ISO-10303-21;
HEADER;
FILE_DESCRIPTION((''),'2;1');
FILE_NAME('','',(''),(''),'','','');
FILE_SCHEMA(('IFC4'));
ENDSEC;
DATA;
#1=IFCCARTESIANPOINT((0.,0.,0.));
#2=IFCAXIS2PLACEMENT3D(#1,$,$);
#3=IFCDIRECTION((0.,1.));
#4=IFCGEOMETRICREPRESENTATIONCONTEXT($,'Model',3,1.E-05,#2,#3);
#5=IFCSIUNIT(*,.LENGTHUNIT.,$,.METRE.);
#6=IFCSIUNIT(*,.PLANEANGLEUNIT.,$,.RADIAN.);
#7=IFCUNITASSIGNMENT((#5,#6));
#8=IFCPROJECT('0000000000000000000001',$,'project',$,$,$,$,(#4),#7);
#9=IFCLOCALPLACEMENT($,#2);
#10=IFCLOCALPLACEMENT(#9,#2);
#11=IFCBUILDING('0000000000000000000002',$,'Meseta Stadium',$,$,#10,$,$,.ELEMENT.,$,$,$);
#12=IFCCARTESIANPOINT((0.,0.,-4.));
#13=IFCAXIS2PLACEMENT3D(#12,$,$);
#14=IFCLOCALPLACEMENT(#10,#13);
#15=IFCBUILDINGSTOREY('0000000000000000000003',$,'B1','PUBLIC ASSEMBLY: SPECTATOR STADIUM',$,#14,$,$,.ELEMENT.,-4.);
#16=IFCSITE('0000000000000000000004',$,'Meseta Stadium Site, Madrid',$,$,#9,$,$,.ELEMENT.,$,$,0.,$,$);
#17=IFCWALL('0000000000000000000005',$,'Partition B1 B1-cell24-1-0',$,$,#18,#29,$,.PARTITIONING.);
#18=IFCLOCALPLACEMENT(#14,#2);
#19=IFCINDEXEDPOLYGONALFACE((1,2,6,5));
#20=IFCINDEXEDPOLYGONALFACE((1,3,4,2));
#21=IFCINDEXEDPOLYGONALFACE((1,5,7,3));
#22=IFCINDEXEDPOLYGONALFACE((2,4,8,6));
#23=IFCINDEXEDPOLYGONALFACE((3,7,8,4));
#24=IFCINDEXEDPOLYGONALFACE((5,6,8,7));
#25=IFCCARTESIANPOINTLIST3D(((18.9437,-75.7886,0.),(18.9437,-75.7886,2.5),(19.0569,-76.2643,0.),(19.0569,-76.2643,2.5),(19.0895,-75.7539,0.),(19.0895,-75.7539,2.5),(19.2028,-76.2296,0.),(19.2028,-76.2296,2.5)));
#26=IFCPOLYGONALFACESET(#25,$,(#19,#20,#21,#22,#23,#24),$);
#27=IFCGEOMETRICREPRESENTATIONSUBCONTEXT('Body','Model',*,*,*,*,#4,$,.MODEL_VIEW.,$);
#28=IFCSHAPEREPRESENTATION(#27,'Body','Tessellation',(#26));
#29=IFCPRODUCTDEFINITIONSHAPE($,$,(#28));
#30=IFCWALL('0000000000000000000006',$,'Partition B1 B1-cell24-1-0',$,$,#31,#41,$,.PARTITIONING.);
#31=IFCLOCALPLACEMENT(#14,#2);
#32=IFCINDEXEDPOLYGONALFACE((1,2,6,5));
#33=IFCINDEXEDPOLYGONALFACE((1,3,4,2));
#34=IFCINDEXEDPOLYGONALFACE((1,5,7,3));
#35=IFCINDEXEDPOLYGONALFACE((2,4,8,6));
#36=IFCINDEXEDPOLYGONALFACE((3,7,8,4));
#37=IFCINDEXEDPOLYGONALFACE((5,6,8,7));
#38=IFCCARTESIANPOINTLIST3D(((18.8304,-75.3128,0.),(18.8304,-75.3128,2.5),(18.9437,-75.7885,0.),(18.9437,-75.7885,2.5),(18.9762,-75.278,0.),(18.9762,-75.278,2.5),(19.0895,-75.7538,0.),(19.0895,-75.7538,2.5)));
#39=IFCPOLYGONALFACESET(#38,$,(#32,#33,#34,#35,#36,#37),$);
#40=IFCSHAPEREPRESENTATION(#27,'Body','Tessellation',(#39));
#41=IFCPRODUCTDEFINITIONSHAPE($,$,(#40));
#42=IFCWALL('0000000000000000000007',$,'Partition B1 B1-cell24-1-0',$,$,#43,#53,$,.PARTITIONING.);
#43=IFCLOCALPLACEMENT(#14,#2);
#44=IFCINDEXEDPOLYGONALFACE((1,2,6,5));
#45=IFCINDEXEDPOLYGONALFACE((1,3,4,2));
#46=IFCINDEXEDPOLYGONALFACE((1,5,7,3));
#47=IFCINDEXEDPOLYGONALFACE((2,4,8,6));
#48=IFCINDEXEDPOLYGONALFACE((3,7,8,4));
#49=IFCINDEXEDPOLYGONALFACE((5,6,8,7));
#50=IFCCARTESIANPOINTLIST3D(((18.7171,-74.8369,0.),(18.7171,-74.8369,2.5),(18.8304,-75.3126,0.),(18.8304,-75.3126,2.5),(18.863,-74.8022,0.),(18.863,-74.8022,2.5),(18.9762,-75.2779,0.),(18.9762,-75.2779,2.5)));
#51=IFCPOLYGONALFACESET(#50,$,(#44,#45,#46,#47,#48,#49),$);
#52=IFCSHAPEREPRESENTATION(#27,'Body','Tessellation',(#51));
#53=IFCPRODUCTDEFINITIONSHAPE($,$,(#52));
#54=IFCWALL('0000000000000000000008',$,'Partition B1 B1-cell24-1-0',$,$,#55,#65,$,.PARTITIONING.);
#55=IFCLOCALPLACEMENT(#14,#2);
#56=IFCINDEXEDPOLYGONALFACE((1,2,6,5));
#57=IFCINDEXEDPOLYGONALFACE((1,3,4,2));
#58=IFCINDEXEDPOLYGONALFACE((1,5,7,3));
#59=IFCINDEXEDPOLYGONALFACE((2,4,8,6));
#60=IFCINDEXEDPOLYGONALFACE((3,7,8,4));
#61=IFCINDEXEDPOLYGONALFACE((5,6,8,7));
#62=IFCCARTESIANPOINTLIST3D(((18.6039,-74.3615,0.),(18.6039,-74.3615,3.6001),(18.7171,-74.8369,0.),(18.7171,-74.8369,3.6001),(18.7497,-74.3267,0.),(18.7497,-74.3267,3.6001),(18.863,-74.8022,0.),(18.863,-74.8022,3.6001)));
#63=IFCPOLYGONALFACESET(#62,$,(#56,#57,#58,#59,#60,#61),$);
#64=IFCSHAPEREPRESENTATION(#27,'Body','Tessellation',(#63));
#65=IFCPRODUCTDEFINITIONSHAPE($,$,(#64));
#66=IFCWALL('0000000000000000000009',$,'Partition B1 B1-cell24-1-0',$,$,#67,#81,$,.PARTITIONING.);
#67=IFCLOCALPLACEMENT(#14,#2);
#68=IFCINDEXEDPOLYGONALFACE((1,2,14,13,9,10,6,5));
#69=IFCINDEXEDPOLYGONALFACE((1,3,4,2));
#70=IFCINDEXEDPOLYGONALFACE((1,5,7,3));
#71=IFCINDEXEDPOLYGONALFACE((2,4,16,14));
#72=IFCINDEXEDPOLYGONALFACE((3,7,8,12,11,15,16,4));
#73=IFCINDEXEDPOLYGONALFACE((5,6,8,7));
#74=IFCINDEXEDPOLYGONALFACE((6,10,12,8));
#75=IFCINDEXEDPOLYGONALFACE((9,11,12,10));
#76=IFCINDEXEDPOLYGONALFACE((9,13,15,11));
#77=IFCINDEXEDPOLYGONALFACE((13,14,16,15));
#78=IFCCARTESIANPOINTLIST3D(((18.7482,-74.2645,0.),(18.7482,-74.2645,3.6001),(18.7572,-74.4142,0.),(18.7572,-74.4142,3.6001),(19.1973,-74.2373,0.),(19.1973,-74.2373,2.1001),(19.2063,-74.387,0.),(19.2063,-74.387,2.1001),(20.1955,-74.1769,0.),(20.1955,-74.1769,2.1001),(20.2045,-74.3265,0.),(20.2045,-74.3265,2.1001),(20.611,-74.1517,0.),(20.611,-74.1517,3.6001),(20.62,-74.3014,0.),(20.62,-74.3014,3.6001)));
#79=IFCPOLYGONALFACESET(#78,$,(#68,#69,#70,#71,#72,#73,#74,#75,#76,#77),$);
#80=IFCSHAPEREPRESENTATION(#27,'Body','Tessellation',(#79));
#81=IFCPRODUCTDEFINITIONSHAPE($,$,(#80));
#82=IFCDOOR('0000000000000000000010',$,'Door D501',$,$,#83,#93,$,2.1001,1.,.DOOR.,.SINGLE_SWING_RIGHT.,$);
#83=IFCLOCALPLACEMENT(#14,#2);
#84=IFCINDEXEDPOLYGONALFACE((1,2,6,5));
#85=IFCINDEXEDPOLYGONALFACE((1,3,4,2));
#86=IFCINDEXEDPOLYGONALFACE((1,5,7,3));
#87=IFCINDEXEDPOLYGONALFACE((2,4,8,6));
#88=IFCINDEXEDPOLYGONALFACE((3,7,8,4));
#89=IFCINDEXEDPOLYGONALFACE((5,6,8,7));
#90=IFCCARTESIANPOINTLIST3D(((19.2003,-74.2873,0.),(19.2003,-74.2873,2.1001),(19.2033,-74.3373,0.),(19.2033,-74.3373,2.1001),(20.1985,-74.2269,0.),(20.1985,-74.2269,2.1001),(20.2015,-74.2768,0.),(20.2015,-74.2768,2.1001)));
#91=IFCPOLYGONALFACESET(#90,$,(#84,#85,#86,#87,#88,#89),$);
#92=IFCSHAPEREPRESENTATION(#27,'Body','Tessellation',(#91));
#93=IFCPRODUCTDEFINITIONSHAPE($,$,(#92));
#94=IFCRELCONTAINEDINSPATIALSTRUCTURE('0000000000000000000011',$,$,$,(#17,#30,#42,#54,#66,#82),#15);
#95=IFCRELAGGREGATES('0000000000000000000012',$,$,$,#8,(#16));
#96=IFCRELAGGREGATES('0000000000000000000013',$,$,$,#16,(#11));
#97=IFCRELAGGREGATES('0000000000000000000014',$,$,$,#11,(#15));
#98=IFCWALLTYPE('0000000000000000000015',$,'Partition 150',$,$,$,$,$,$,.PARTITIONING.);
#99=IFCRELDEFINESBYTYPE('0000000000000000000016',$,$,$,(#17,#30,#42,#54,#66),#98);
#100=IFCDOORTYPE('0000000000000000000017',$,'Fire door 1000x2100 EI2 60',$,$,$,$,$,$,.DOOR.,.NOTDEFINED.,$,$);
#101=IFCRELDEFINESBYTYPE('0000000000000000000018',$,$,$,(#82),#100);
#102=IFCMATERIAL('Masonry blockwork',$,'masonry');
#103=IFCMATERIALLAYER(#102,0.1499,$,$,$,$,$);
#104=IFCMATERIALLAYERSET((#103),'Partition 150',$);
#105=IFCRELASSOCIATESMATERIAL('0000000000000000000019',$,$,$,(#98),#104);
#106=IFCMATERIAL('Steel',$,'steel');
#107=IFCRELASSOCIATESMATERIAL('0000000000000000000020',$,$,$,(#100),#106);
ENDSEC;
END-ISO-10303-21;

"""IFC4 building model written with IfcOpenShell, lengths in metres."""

from ifc_helpers import new_model, si_unit, direction, frame, frame_2d, origin, place, context, subcontext, project, spatial, rectangle, extrude, material, layer, layer_set, type_object, element, fill, save


model = new_model("IFC4")

# Units and contexts
model_context = context("Model", 3, precision=1e-05, world=origin(), true_north=direction((0.0, 1.0)))
body_context = subcontext(model_context, "Body", "Model", "MODEL_VIEW")
ifc_project = project(units=[si_unit("LENGTHUNIT", "METRE"), si_unit("PLANEANGLEUNIT", "RADIAN")], contexts=[model_context])

# Site, building, storey
site_placement = place(None, origin())
site = spatial("IfcSite", under=ifc_project, at=site_placement, Name="Meseta Stadium Site, Madrid", CompositionType="ELEMENT", RefElevation=0.0)
building_placement = place(site_placement, origin())
building = spatial("IfcBuilding", under=site, at=building_placement, Name="Meseta Stadium", CompositionType="ELEMENT")
storey_placement = place(building_placement, frame((0.0, 0.0, -4.0)))
storey = spatial("IfcBuildingStorey", under=building, at=storey_placement, Name="B1", Description="PUBLIC ASSEMBLY: SPECTATOR STADIUM", CompositionType="ELEMENT", Elevation=-4.0)

# Walls
ifc_material_1 = material(Name="Masonry blockwork", Category="masonry")
ifc_layer = layer(ifc_material_1, 0.1499)
ifc_layer_set = layer_set([ifc_layer], Name="Partition 150")
wall_type = type_object("IfcWallType", Name="Partition 150", PredefinedType="PARTITIONING", material=ifc_layer_set)
for number, where, z_axis, x_axis, name in (
    (1, (19.1299, -76.2471, 0.0), (0.0, 0.0, 1.0), (-0.231598, 0.972812, 0.0), "Partition B1 B1-cell24-1-0"),
    (2, (19.0166, -75.7712, 0.0), (0.0, 0.0, 1.0), (-0.231598, 0.972812, 0.0), "Partition B1 B1-cell24-1-0"),
    (3, (18.9033, -75.2954, 0.0), (0.0, 0.0, 1.0), (-0.231598, 0.972812, 0.0), "Partition B1 B1-cell24-1-0"),
):
    element("IfcWall", number, at=place(storey_placement, frame(where, z_axis=z_axis, x_axis=x_axis)), inside=storey, type_object=wall_type, Name=name, PredefinedType="PARTITIONING", context=body_context, shape_type="SweptSolid", body=[
        extrude(rectangle(XDim=0.489, YDim=0.1499, at=frame_2d((0.2446, 0.0))), origin(), (0.0, 0.0, 1.0), 2.5),
    ])
wall_1_placement = place(storey_placement, frame((18.79, -74.8196, 0.0), z_axis=(0.0, 0.0, 1.0), x_axis=(-0.231711, 0.972785, 0.0)))
element("IfcWall", 4, at=wall_1_placement, inside=storey, type_object=wall_type, Name="Partition B1 B1-cell24-1-0", PredefinedType="PARTITIONING", context=body_context, shape_type="SweptSolid", body=[
    extrude(rectangle(XDim=0.4888, YDim=0.1499, at=frame_2d((0.2444, 0.0))), origin(), (0.0, 0.0, 1.0), 3.6001),
])

# Wall, opening, door
wall_2_placement = place(storey_placement, frame((18.7527, -74.3394, 0.0), z_axis=(0.0, 0.0, 1.0), x_axis=(0.998172, 0.06044, 0.0)))
wall_2 = element("IfcWall", 5, at=wall_2_placement, inside=storey, type_object=wall_type, Name="Partition B1 B1-cell24-1-0", PredefinedType="PARTITIONING", context=body_context, shape_type="SweptSolid", body=[
    extrude(rectangle(XDim=1.8662, YDim=0.1499, at=frame_2d((0.9331, 0.0))), origin(), (0.0, 0.0, 1.0), 3.6001),
])
opening_placement = place(wall_2_placement, frame((0.45, 0.0, 0.0)))
opening = element("IfcOpeningElement", 6, at=opening_placement, cuts=wall_2, PredefinedType="OPENING", context=body_context, shape_type="SweptSolid", body=[
    extrude(rectangle(XDim=1.0, YDim=2.1001, at=frame_2d((0.5, 1.05))), frame((0.0, 0.085, 0.0), z_axis=(0.0, -1.0, 0.0), x_axis=(1.0, 0.0, 0.0)), (0.0, 0.0, 1.0), 0.1699),
])
ifc_material_2 = material(Name="Steel", Category="steel")
door_type = type_object("IfcDoorType", Name="Fire door 1000x2100 EI2 60", OperationType="NOTDEFINED", PredefinedType="DOOR", material=ifc_material_2)
door_placement = place(opening_placement, origin())
door = element("IfcDoor", 7, at=door_placement, inside=storey, type_object=door_type, Name="Door D501", OperationType="SINGLE_SWING_RIGHT", OverallHeight=2.1001, OverallWidth=1.0, PredefinedType="DOOR", context=body_context, shape_type="SweptSolid", body=[
    extrude(rectangle(XDim=1.0, YDim=2.1001, at=frame_2d((0.5, 1.05))), frame((0.0, 0.0249, 0.0), z_axis=(0.0, -1.0, 0.0), x_axis=(1.0, 0.0, 0.0)), (0.0, 0.0, 1.0), 0.05),
])
fill(opening, door)

save(model, "model.ifc")
